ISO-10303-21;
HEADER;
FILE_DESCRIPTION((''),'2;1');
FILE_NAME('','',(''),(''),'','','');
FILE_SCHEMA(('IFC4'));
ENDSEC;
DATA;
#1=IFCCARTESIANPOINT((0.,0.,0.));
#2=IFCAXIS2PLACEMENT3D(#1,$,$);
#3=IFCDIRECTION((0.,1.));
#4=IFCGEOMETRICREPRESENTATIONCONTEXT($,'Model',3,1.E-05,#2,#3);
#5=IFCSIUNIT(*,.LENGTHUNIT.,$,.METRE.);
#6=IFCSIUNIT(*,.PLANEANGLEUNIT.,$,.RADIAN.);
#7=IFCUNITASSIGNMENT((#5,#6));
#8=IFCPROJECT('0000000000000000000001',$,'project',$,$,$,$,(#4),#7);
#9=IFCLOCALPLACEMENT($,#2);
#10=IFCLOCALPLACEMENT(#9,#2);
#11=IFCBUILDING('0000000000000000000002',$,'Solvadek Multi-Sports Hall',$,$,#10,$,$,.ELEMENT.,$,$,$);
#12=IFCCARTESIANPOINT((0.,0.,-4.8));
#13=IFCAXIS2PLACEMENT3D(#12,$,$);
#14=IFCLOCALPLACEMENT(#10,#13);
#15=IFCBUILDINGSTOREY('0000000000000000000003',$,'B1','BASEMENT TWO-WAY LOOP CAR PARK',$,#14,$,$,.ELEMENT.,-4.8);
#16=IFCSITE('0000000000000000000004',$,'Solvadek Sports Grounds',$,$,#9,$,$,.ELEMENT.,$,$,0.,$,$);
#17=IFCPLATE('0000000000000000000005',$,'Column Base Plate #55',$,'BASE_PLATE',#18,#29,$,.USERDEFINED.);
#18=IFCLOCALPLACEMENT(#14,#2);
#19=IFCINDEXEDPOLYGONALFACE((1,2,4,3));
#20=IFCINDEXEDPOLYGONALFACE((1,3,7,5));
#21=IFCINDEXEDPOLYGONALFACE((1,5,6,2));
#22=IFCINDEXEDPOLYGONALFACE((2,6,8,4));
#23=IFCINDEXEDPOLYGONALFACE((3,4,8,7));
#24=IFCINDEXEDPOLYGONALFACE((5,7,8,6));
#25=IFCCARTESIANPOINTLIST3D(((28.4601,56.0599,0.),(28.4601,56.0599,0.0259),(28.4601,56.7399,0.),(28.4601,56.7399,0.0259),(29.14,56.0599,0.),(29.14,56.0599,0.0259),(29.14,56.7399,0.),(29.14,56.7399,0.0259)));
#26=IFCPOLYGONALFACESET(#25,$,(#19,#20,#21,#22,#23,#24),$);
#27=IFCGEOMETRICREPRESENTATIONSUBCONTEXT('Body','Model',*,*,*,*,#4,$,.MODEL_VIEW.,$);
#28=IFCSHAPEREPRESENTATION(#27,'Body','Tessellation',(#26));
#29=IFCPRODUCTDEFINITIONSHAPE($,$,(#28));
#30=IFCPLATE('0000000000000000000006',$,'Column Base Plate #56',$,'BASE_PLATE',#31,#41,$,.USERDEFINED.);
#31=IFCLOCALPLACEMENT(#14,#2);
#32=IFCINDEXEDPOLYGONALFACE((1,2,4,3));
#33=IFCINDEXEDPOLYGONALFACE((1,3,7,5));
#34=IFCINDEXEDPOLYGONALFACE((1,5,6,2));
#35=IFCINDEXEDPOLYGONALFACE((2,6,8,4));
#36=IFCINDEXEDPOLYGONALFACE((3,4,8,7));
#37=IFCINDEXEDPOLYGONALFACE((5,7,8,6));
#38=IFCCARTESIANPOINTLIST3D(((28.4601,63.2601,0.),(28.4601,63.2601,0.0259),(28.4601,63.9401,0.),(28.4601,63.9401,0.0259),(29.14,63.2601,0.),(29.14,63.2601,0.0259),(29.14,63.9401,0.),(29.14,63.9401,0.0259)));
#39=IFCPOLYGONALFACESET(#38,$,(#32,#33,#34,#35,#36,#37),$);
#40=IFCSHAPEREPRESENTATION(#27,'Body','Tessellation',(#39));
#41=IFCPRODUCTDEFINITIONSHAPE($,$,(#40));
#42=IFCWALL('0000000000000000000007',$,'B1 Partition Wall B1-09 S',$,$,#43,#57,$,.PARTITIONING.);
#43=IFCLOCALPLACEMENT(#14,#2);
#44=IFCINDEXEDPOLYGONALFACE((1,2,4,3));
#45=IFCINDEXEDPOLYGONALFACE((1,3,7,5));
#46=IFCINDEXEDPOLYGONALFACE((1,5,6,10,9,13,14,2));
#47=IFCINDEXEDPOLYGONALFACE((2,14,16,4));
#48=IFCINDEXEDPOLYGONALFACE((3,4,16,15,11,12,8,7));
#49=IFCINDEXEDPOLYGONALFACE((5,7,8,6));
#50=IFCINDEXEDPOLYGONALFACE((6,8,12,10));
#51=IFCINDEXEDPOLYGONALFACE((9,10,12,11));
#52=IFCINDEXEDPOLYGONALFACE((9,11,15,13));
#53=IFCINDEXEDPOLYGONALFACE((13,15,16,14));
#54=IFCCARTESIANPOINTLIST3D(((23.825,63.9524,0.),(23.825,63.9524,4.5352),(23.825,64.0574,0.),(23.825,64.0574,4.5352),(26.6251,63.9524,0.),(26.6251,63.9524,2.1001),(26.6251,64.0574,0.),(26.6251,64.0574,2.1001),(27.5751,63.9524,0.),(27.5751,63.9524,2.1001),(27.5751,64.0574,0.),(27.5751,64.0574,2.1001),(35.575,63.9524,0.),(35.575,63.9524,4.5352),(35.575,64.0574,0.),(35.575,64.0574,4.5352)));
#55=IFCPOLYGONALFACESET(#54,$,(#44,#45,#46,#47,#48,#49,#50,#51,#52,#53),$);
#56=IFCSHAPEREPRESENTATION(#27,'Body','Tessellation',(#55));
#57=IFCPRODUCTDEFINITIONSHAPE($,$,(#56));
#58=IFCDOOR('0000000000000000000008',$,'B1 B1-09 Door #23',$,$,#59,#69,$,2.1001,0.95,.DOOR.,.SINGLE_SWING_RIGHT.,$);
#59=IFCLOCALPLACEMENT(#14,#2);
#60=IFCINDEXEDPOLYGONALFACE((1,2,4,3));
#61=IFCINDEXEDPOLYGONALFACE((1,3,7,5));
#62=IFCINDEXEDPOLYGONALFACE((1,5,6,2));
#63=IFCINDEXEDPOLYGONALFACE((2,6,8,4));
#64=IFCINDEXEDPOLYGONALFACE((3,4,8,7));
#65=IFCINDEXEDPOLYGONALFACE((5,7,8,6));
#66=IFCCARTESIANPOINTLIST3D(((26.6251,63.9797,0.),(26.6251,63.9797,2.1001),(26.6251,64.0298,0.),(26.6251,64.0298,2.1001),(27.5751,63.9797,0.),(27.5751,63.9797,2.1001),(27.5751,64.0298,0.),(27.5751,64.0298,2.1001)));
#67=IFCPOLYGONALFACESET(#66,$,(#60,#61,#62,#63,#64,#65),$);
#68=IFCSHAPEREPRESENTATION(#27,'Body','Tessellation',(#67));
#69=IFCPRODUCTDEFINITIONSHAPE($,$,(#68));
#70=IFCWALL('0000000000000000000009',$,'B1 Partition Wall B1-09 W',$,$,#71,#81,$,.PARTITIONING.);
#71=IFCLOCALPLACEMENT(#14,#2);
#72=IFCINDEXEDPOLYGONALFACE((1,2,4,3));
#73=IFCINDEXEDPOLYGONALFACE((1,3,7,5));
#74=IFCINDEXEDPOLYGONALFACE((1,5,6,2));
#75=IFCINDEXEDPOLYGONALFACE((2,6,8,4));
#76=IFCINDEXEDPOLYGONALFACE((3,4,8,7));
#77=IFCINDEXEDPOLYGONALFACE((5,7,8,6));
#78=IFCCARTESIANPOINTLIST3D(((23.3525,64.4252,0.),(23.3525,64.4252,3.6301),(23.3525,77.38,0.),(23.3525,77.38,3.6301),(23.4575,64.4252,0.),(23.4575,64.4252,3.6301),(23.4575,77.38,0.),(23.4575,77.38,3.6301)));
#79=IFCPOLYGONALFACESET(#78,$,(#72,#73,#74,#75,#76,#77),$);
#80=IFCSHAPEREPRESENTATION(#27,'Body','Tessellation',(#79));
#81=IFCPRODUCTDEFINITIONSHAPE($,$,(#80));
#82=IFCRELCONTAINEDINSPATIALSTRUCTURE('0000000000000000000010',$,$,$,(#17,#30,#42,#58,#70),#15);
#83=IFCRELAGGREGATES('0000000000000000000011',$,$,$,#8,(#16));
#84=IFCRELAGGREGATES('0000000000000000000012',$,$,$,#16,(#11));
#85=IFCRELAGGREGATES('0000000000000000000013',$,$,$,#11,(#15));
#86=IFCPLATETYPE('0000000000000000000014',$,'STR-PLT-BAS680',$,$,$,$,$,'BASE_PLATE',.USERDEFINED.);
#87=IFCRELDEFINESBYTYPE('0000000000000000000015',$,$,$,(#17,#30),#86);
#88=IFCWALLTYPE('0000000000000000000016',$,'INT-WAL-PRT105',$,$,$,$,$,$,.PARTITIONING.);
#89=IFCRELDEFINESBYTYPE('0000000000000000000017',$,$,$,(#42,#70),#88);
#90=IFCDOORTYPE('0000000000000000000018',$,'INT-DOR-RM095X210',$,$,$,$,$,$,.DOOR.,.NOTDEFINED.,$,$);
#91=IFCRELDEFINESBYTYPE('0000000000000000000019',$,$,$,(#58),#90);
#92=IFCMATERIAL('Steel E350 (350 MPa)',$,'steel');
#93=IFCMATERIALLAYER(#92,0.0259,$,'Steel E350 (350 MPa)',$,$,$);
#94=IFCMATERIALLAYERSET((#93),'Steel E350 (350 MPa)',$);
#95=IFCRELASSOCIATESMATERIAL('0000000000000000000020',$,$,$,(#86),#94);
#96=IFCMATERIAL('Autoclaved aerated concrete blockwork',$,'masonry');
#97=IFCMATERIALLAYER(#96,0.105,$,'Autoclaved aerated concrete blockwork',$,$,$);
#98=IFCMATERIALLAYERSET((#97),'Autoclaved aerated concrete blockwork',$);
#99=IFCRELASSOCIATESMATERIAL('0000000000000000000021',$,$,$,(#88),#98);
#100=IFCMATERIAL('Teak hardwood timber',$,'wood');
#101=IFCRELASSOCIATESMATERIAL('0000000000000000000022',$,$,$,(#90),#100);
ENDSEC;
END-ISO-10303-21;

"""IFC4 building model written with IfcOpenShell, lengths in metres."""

from ifc_helpers import new_model, si_unit, direction, frame, frame_2d, origin, origin_2d, place, context, subcontext, project, spatial, rectangle, extrude, material, layer, layer_set, type_object, element, fill, save


model = new_model("IFC4")

# Units and contexts
model_context = context("Model", 3, precision=1e-05, world=origin(), true_north=direction((0.0, 1.0)))
body_context = subcontext(model_context, "Body", "Model", "MODEL_VIEW")
ifc_project = project(units=[si_unit("LENGTHUNIT", "METRE"), si_unit("PLANEANGLEUNIT", "RADIAN")], contexts=[model_context])

# Site, building, storey
site_placement = place(None, origin())
site = spatial("IfcSite", under=ifc_project, at=site_placement, Name="Solvadek Sports Grounds", CompositionType="ELEMENT", RefElevation=0.0)
building_placement = place(site_placement, origin())
building = spatial("IfcBuilding", under=site, at=building_placement, Name="Solvadek Multi-Sports Hall", CompositionType="ELEMENT")
storey_placement = place(building_placement, frame((0.0, 0.0, -4.8)))
storey = spatial("IfcBuildingStorey", under=building, at=storey_placement, Name="B1", Description="BASEMENT TWO-WAY LOOP CAR PARK", CompositionType="ELEMENT", Elevation=-4.8)

# Shared definitions
ifc_material_1 = material(Name="Steel E350 (350 MPa)", Category="steel")

# Plates
ifc_layer_1 = layer(ifc_material_1, 0.0259, Name="Steel E350 (350 MPa)")
ifc_layer_set_1 = layer_set([ifc_layer_1], Name="Steel E350 (350 MPa)")
plate_type = type_object("IfcPlateType", Name="STR-PLT-BAS680", ElementType="BASE_PLATE", PredefinedType="USERDEFINED", material=ifc_layer_set_1)
for number, where, z_axis, x_axis, name in (
    (1, (28.8, 56.3999, 0.0), (0.0, 0.0, 1.0), (1.0, 0.0, 0.0), "Column Base Plate #55"),
    (2, (28.8, 63.6001, 0.0), (0.0, 0.0, 1.0), (1.0, 0.0, 0.0), "Column Base Plate #56"),
):
    element("IfcPlate", number, at=place(storey_placement, frame(where, z_axis=z_axis, x_axis=x_axis)), inside=storey, type_object=plate_type, Name=name, ObjectType="BASE_PLATE", PredefinedType="USERDEFINED", context=body_context, shape_type="SweptSolid", body=[
        extrude(rectangle(XDim=0.6799, YDim=0.6799, at=origin_2d()), origin(), (0.0, 0.0, 1.0), 0.0259),
    ])

# Wall, opening, door
ifc_material_2 = material(Name="Autoclaved aerated concrete blockwork", Category="masonry")
ifc_layer_2 = layer(ifc_material_2, 0.105, Name="Autoclaved aerated concrete blockwork")
ifc_layer_set_2 = layer_set([ifc_layer_2], Name="Autoclaved aerated concrete blockwork")
wall_type = type_object("IfcWallType", Name="INT-WAL-PRT105", PredefinedType="PARTITIONING", material=ifc_layer_set_2)
wall_1_placement = place(storey_placement, frame((23.825, 64.0049, 0.0), z_axis=(0.0, 0.0, 1.0), x_axis=(1.0, 0.0, 0.0)))
wall_1 = element("IfcWall", 3, at=wall_1_placement, inside=storey, type_object=wall_type, Name="B1 Partition Wall B1-09 S", PredefinedType="PARTITIONING", context=body_context, shape_type="SweptSolid", body=[
    extrude(rectangle(XDim=11.75, YDim=0.105, at=frame_2d((5.875, 0.0))), origin(), (0.0, 0.0, 1.0), 4.5352),
])
opening_placement = place(wall_1_placement, frame((2.8, 0.0, 0.0)))
opening = element("IfcOpeningElement", 4, at=opening_placement, cuts=wall_1, PredefinedType="OPENING", context=body_context, shape_type="SweptSolid", body=[
    extrude(rectangle(XDim=0.95, YDim=2.1001, at=frame_2d((0.4751, 1.05))), frame((0.0, 0.0625, 0.0), z_axis=(0.0, -1.0, 0.0), x_axis=(1.0, 0.0, 0.0)), (0.0, 0.0, 1.0), 0.125),
])
ifc_material_3 = material(Name="Teak hardwood timber", Category="wood")
door_type = type_object("IfcDoorType", Name="INT-DOR-RM095X210", OperationType="NOTDEFINED", PredefinedType="DOOR", material=ifc_material_3)
door_placement = place(opening_placement, origin())
door = element("IfcDoor", 5, at=door_placement, inside=storey, type_object=door_type, Name="B1 B1-09 Door #23", OperationType="SINGLE_SWING_RIGHT", OverallHeight=2.1001, OverallWidth=0.95, PredefinedType="DOOR", context=body_context, shape_type="SweptSolid", body=[
    extrude(rectangle(XDim=0.95, YDim=2.1001, at=frame_2d((0.4751, 1.05))), frame((0.0, 0.0249, 0.0), z_axis=(0.0, -1.0, 0.0), x_axis=(1.0, 0.0, 0.0)), (0.0, 0.0, 1.0), 0.05),
])
fill(opening, door)

# Wall
wall_2_placement = place(storey_placement, frame((23.405, 64.425, 0.0), z_axis=(0.0, 0.0, 1.0), x_axis=(0.0, 1.0, 0.0)))
element("IfcWall", 6, at=wall_2_placement, inside=storey, type_object=wall_type, Name="B1 Partition Wall B1-09 W", PredefinedType="PARTITIONING", context=body_context, shape_type="SweptSolid", body=[
    extrude(rectangle(XDim=12.9548, YDim=0.105, at=frame_2d((6.4775, 0.0))), origin(), (0.0, 0.0, 1.0), 3.6301),
])

save(model, "model.ifc")
